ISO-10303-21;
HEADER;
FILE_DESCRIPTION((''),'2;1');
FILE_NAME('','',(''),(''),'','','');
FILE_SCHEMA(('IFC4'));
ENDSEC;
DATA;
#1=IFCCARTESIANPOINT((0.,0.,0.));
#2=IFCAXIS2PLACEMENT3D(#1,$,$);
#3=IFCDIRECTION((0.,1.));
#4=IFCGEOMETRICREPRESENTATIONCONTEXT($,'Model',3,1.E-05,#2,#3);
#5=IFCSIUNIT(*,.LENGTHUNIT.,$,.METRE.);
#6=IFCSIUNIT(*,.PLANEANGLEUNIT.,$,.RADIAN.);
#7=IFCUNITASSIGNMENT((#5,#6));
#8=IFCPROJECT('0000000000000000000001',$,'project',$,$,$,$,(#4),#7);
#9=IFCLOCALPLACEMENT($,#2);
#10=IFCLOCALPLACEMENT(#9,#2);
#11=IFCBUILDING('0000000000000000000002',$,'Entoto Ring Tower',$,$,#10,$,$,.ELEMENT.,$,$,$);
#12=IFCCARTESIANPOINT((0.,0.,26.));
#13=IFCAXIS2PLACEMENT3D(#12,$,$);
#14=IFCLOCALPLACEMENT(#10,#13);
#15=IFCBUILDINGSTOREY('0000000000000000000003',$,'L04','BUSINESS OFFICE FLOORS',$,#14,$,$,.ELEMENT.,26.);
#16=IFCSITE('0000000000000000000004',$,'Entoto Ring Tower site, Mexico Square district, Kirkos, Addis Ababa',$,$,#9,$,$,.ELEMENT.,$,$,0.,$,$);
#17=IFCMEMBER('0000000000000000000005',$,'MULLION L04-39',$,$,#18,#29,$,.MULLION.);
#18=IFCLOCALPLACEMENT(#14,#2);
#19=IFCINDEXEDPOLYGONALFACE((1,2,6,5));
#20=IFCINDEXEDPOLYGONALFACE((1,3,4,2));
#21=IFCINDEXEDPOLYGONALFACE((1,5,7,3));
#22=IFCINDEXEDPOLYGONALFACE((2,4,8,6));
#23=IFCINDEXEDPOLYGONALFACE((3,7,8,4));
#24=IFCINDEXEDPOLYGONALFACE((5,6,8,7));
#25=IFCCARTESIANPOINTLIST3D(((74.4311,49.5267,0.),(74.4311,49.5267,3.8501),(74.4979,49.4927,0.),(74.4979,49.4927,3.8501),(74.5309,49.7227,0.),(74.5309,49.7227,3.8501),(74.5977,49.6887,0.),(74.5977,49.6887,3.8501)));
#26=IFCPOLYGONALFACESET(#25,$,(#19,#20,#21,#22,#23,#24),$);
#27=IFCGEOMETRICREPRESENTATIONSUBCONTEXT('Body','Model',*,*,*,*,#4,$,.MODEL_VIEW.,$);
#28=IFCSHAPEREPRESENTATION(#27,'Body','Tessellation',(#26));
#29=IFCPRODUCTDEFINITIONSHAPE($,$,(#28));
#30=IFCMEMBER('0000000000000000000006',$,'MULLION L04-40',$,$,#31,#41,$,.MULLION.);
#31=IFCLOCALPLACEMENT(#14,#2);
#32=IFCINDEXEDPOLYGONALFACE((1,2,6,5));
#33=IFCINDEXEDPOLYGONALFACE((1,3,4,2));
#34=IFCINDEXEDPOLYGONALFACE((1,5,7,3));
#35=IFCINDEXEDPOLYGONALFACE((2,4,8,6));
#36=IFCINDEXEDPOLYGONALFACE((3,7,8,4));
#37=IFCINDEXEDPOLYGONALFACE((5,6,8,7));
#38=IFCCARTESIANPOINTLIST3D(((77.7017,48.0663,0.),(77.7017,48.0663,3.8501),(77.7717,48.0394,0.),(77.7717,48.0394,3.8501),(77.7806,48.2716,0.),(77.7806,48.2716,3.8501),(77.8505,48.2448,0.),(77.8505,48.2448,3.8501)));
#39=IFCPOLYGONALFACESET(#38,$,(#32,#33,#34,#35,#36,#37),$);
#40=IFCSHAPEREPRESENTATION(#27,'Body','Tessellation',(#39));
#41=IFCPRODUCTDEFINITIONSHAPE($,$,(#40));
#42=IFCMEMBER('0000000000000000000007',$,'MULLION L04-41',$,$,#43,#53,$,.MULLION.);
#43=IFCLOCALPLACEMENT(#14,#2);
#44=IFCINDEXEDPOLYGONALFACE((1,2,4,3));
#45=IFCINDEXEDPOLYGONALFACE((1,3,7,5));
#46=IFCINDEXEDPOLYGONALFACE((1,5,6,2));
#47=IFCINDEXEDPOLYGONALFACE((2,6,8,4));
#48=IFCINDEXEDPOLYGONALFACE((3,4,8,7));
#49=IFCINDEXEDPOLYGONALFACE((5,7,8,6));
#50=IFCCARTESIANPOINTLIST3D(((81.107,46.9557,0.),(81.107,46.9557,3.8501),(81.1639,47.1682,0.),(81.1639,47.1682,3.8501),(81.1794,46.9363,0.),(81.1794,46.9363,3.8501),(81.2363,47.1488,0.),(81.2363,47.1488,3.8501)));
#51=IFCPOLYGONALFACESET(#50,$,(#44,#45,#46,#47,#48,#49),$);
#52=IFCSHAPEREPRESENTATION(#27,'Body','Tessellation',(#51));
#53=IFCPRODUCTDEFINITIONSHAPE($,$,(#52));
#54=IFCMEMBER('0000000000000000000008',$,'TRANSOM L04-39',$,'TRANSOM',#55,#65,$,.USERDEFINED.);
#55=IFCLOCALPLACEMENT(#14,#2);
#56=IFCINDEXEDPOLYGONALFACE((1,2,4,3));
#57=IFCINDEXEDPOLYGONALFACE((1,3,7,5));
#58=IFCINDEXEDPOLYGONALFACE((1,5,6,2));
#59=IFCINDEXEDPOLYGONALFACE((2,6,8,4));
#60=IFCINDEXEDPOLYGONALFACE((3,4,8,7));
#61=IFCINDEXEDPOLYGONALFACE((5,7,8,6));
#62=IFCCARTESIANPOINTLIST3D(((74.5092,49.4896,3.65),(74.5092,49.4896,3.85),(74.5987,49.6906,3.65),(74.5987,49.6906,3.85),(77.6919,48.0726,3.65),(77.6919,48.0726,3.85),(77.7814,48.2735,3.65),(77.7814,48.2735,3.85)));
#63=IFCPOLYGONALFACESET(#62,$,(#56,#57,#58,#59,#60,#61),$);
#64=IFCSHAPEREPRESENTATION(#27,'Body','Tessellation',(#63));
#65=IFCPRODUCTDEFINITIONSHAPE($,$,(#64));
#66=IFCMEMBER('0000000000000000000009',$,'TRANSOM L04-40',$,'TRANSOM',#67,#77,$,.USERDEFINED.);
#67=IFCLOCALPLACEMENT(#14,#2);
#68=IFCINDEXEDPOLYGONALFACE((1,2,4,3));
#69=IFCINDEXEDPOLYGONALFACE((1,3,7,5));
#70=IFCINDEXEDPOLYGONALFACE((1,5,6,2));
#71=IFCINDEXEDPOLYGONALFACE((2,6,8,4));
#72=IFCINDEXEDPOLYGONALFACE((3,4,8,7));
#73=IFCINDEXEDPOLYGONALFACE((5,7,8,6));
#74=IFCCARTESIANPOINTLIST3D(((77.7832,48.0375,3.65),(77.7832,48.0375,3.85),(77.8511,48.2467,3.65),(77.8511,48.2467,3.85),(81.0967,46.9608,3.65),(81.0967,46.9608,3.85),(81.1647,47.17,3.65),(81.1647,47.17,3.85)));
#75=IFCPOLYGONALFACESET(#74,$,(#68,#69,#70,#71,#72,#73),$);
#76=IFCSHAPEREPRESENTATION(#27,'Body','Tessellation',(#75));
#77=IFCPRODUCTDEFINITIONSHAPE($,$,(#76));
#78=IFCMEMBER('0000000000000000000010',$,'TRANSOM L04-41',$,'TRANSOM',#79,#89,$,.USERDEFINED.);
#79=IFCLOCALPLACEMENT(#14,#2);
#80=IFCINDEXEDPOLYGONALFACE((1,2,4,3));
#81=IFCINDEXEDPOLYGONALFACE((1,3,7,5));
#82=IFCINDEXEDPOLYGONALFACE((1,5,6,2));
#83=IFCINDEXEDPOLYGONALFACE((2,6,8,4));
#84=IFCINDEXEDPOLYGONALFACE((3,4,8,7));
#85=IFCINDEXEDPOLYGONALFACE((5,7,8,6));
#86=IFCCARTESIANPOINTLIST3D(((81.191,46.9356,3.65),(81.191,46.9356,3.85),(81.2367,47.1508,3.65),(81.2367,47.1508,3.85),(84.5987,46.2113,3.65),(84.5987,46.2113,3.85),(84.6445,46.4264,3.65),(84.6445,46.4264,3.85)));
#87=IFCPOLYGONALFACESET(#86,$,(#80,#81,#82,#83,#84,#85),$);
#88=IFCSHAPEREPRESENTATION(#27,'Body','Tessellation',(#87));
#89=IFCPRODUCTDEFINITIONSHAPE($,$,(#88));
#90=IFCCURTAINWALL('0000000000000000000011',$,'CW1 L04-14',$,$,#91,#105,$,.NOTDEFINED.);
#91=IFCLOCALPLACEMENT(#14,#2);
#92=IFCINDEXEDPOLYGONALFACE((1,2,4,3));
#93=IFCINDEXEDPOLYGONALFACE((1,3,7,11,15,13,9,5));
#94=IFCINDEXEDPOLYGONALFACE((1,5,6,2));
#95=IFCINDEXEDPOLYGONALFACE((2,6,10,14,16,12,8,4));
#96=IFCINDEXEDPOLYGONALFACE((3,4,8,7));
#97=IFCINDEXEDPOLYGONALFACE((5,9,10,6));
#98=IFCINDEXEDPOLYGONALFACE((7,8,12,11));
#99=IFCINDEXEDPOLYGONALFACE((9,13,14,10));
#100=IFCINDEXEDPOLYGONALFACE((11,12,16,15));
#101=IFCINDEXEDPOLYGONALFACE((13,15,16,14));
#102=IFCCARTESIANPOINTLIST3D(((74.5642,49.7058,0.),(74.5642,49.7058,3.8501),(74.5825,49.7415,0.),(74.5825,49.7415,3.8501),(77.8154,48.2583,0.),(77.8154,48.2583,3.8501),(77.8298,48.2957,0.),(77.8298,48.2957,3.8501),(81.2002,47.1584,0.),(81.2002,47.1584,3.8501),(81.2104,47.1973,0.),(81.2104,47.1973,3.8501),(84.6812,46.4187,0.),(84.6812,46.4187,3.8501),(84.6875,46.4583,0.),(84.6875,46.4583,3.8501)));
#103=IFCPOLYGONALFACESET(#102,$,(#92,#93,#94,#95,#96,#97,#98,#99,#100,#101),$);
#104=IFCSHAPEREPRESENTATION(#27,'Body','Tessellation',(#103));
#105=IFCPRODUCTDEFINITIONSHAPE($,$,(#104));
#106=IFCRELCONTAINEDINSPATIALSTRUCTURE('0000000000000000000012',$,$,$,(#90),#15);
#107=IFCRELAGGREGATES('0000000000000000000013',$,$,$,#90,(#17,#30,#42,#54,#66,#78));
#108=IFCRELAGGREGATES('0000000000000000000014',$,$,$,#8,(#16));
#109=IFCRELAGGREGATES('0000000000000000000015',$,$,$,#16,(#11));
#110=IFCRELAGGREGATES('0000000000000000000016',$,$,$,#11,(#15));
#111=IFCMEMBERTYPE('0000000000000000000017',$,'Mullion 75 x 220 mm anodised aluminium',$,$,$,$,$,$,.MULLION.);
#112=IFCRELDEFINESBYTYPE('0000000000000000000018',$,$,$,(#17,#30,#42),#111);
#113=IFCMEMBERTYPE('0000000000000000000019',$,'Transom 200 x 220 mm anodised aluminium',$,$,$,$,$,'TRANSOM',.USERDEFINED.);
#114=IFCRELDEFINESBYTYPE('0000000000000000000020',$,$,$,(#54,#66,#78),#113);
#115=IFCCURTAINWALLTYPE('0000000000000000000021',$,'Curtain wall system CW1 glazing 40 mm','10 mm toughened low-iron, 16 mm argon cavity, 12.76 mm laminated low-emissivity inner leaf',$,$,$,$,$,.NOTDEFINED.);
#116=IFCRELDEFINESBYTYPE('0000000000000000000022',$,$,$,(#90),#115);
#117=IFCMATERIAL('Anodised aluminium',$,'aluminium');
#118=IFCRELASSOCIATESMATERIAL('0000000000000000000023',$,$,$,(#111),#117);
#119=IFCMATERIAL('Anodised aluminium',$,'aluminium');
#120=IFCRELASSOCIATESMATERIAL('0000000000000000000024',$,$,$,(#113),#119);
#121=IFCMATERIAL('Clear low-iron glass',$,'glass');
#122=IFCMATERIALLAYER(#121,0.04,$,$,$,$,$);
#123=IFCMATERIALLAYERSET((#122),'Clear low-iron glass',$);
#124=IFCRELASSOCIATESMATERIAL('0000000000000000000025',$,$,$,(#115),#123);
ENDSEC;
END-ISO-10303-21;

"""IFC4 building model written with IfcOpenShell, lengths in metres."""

from ifc_helpers import new_model, si_unit, direction, frame, origin, origin_2d, place, context, subcontext, project, spatial, polyline, rectangle, outline, extrude, material, layer, layer_set, material_profile, profile_set, type_object, element, aggregate, save


model = new_model("IFC4")

# Units and contexts
model_context = context("Model", 3, precision=1e-05, world=origin(), true_north=direction((0.0, 1.0)))
body_context = subcontext(model_context, "Body", "Model", "MODEL_VIEW")
ifc_project = project(units=[si_unit("LENGTHUNIT", "METRE"), si_unit("PLANEANGLEUNIT", "RADIAN")], contexts=[model_context])

# Members
ifc_material_1 = material(Name="Anodised aluminium", Category="aluminium")
ifc_material_profile_1 = material_profile(ifc_material_1, rectangle(XDim=0.075, YDim=0.22, at=origin_2d()), Name="Mullion 75 x 220 mm anodised aluminium")
ifc_profile_set_1 = profile_set([ifc_material_profile_1], Name="Anodised aluminium")
member_type_1 = type_object("IfcMemberType", Name="Mullion 75 x 220 mm anodised aluminium", PredefinedType="MULLION", material=ifc_profile_set_1)
site_placement = place(None, origin())
building_placement = place(site_placement, origin())
storey_placement = place(building_placement, frame((0.0, 0.0, 26.0)))
member_1_placement = place(storey_placement, frame((74.5144, 49.6077, 0.0), z_axis=(0.0, 0.0, 1.0), x_axis=(0.891007, -0.45399, 0.0)))
member_1 = element("IfcMember", 1, at=member_1_placement, type_object=member_type_1, Name="MULLION L04-39", PredefinedType="MULLION", context=body_context, shape_type="SweptSolid", body=[
    extrude(rectangle(XDim=0.075, YDim=0.22, at=origin_2d()), origin(), (0.0, 0.0, 1.0), 3.8501),
])
member_2_placement = place(storey_placement, frame((77.7761, 48.1555, 0.0), z_axis=(0.0, 0.0, 1.0), x_axis=(0.93358, -0.358368, 0.0)))
member_2 = element("IfcMember", 2, at=member_2_placement, type_object=member_type_1, Name="MULLION L04-40", PredefinedType="MULLION", context=body_context, shape_type="SweptSolid", body=[
    extrude(rectangle(XDim=0.075, YDim=0.22, at=origin_2d()), origin(), (0.0, 0.0, 1.0), 3.8501),
])
member_3_placement = place(storey_placement, frame((81.1716, 47.0522, 0.0), z_axis=(0.0, 0.0, 1.0), x_axis=(0.965926, -0.258819, 0.0)))
member_3 = element("IfcMember", 3, at=member_3_placement, type_object=member_type_1, Name="MULLION L04-41", PredefinedType="MULLION", context=body_context, shape_type="SweptSolid", body=[
    extrude(rectangle(XDim=0.075, YDim=0.22, at=origin_2d()), origin(), (0.0, 0.0, 1.0), 3.8501),
])
ifc_material_2 = material(Name="Anodised aluminium", Category="aluminium")
ifc_material_profile_2 = material_profile(ifc_material_2, rectangle(XDim=0.22, YDim=0.2, at=origin_2d()), Name="Transom 200 x 220 mm anodised aluminium")
ifc_profile_set_2 = profile_set([ifc_material_profile_2], Name="Anodised aluminium")
member_type_2 = type_object("IfcMemberType", Name="Transom 200 x 220 mm anodised aluminium", ElementType="TRANSOM", PredefinedType="USERDEFINED", material=ifc_profile_set_2)
member_4_placement = place(storey_placement, frame((74.554, 49.5901, 3.75), z_axis=(0.913545, -0.406737, 0.0), x_axis=(0.406737, 0.913545, 0.0)))
member_4 = element("IfcMember", 4, at=member_4_placement, type_object=member_type_2, Name="TRANSOM L04-39", ObjectType="TRANSOM", PredefinedType="USERDEFINED", context=body_context, shape_type="SweptSolid", body=[
    extrude(rectangle(XDim=0.22, YDim=0.2, at=origin_2d()), origin(), (0.0, 0.0, 1.0), 3.4839),
])
member_5_placement = place(storey_placement, frame((77.8171, 48.1421, 3.75), z_axis=(0.951053, -0.309029, 0.0), x_axis=(0.309029, 0.951053, 0.0)))
member_5 = element("IfcMember", 5, at=member_5_placement, type_object=member_type_2, Name="TRANSOM L04-40", ObjectType="TRANSOM", PredefinedType="USERDEFINED", context=body_context, shape_type="SweptSolid", body=[
    extrude(rectangle(XDim=0.22, YDim=0.2, at=origin_2d()), origin(), (0.0, 0.0, 1.0), 3.4841),
])
member_6_placement = place(storey_placement, frame((81.2139, 47.0432, 3.75), z_axis=(0.978146, -0.207921, 0.0), x_axis=(0.207921, 0.978146, 0.0)))
member_6 = element("IfcMember", 6, at=member_6_placement, type_object=member_type_2, Name="TRANSOM L04-41", ObjectType="TRANSOM", PredefinedType="USERDEFINED", context=body_context, shape_type="SweptSolid", body=[
    extrude(rectangle(XDim=0.22, YDim=0.2, at=origin_2d()), origin(), (0.0, 0.0, 1.0), 3.4839),
])

# Site, building, storey
site = spatial("IfcSite", under=ifc_project, at=site_placement, Name="Entoto Ring Tower site, Mexico Square district, Kirkos, Addis Ababa", CompositionType="ELEMENT", RefElevation=0.0)
building = spatial("IfcBuilding", under=site, at=building_placement, Name="Entoto Ring Tower", CompositionType="ELEMENT")
storey = spatial("IfcBuildingStorey", under=building, at=storey_placement, Name="L04", Description="BUSINESS OFFICE FLOORS", CompositionType="ELEMENT", Elevation=26.0)

# Curtain wall
ifc_material_3 = material(Name="Clear low-iron glass", Category="glass")
ifc_layer = layer(ifc_material_3, 0.04)
ifc_layer_set = layer_set([ifc_layer], Name="Clear low-iron glass")
curtain_wall_type = type_object("IfcCurtainWallType", Name="Curtain wall system CW1 glazing 40 mm", Description="10 mm toughened low-iron, 16 mm argon cavity, 12.76 mm laminated low-emissivity inner leaf", PredefinedType="NOTDEFINED", material=ifc_layer_set)
curtain_wall_1_placement = place(storey_placement, origin())
curtain_wall_1 = element("IfcCurtainWall", 7, at=curtain_wall_1_placement, inside=storey, type_object=curtain_wall_type, Name="CW1 L04-14", PredefinedType="NOTDEFINED", context=body_context, shape_type="SweptSolid", body=[
    extrude(outline(polyline([(74.5642, 49.7058), (77.8154, 48.2583), (81.2002, 47.1584), (84.6812, 46.4187), (84.6875, 46.4583), (81.2104, 47.1973), (77.8298, 48.2957), (74.5825, 49.7415), (74.5642, 49.7058)])), origin(), (0.0, 0.0, 1.0), 3.8501),
])
aggregate(curtain_wall_1, [member_1, member_2, member_3, member_4, member_5, member_6])

save(model, "model.ifc")
